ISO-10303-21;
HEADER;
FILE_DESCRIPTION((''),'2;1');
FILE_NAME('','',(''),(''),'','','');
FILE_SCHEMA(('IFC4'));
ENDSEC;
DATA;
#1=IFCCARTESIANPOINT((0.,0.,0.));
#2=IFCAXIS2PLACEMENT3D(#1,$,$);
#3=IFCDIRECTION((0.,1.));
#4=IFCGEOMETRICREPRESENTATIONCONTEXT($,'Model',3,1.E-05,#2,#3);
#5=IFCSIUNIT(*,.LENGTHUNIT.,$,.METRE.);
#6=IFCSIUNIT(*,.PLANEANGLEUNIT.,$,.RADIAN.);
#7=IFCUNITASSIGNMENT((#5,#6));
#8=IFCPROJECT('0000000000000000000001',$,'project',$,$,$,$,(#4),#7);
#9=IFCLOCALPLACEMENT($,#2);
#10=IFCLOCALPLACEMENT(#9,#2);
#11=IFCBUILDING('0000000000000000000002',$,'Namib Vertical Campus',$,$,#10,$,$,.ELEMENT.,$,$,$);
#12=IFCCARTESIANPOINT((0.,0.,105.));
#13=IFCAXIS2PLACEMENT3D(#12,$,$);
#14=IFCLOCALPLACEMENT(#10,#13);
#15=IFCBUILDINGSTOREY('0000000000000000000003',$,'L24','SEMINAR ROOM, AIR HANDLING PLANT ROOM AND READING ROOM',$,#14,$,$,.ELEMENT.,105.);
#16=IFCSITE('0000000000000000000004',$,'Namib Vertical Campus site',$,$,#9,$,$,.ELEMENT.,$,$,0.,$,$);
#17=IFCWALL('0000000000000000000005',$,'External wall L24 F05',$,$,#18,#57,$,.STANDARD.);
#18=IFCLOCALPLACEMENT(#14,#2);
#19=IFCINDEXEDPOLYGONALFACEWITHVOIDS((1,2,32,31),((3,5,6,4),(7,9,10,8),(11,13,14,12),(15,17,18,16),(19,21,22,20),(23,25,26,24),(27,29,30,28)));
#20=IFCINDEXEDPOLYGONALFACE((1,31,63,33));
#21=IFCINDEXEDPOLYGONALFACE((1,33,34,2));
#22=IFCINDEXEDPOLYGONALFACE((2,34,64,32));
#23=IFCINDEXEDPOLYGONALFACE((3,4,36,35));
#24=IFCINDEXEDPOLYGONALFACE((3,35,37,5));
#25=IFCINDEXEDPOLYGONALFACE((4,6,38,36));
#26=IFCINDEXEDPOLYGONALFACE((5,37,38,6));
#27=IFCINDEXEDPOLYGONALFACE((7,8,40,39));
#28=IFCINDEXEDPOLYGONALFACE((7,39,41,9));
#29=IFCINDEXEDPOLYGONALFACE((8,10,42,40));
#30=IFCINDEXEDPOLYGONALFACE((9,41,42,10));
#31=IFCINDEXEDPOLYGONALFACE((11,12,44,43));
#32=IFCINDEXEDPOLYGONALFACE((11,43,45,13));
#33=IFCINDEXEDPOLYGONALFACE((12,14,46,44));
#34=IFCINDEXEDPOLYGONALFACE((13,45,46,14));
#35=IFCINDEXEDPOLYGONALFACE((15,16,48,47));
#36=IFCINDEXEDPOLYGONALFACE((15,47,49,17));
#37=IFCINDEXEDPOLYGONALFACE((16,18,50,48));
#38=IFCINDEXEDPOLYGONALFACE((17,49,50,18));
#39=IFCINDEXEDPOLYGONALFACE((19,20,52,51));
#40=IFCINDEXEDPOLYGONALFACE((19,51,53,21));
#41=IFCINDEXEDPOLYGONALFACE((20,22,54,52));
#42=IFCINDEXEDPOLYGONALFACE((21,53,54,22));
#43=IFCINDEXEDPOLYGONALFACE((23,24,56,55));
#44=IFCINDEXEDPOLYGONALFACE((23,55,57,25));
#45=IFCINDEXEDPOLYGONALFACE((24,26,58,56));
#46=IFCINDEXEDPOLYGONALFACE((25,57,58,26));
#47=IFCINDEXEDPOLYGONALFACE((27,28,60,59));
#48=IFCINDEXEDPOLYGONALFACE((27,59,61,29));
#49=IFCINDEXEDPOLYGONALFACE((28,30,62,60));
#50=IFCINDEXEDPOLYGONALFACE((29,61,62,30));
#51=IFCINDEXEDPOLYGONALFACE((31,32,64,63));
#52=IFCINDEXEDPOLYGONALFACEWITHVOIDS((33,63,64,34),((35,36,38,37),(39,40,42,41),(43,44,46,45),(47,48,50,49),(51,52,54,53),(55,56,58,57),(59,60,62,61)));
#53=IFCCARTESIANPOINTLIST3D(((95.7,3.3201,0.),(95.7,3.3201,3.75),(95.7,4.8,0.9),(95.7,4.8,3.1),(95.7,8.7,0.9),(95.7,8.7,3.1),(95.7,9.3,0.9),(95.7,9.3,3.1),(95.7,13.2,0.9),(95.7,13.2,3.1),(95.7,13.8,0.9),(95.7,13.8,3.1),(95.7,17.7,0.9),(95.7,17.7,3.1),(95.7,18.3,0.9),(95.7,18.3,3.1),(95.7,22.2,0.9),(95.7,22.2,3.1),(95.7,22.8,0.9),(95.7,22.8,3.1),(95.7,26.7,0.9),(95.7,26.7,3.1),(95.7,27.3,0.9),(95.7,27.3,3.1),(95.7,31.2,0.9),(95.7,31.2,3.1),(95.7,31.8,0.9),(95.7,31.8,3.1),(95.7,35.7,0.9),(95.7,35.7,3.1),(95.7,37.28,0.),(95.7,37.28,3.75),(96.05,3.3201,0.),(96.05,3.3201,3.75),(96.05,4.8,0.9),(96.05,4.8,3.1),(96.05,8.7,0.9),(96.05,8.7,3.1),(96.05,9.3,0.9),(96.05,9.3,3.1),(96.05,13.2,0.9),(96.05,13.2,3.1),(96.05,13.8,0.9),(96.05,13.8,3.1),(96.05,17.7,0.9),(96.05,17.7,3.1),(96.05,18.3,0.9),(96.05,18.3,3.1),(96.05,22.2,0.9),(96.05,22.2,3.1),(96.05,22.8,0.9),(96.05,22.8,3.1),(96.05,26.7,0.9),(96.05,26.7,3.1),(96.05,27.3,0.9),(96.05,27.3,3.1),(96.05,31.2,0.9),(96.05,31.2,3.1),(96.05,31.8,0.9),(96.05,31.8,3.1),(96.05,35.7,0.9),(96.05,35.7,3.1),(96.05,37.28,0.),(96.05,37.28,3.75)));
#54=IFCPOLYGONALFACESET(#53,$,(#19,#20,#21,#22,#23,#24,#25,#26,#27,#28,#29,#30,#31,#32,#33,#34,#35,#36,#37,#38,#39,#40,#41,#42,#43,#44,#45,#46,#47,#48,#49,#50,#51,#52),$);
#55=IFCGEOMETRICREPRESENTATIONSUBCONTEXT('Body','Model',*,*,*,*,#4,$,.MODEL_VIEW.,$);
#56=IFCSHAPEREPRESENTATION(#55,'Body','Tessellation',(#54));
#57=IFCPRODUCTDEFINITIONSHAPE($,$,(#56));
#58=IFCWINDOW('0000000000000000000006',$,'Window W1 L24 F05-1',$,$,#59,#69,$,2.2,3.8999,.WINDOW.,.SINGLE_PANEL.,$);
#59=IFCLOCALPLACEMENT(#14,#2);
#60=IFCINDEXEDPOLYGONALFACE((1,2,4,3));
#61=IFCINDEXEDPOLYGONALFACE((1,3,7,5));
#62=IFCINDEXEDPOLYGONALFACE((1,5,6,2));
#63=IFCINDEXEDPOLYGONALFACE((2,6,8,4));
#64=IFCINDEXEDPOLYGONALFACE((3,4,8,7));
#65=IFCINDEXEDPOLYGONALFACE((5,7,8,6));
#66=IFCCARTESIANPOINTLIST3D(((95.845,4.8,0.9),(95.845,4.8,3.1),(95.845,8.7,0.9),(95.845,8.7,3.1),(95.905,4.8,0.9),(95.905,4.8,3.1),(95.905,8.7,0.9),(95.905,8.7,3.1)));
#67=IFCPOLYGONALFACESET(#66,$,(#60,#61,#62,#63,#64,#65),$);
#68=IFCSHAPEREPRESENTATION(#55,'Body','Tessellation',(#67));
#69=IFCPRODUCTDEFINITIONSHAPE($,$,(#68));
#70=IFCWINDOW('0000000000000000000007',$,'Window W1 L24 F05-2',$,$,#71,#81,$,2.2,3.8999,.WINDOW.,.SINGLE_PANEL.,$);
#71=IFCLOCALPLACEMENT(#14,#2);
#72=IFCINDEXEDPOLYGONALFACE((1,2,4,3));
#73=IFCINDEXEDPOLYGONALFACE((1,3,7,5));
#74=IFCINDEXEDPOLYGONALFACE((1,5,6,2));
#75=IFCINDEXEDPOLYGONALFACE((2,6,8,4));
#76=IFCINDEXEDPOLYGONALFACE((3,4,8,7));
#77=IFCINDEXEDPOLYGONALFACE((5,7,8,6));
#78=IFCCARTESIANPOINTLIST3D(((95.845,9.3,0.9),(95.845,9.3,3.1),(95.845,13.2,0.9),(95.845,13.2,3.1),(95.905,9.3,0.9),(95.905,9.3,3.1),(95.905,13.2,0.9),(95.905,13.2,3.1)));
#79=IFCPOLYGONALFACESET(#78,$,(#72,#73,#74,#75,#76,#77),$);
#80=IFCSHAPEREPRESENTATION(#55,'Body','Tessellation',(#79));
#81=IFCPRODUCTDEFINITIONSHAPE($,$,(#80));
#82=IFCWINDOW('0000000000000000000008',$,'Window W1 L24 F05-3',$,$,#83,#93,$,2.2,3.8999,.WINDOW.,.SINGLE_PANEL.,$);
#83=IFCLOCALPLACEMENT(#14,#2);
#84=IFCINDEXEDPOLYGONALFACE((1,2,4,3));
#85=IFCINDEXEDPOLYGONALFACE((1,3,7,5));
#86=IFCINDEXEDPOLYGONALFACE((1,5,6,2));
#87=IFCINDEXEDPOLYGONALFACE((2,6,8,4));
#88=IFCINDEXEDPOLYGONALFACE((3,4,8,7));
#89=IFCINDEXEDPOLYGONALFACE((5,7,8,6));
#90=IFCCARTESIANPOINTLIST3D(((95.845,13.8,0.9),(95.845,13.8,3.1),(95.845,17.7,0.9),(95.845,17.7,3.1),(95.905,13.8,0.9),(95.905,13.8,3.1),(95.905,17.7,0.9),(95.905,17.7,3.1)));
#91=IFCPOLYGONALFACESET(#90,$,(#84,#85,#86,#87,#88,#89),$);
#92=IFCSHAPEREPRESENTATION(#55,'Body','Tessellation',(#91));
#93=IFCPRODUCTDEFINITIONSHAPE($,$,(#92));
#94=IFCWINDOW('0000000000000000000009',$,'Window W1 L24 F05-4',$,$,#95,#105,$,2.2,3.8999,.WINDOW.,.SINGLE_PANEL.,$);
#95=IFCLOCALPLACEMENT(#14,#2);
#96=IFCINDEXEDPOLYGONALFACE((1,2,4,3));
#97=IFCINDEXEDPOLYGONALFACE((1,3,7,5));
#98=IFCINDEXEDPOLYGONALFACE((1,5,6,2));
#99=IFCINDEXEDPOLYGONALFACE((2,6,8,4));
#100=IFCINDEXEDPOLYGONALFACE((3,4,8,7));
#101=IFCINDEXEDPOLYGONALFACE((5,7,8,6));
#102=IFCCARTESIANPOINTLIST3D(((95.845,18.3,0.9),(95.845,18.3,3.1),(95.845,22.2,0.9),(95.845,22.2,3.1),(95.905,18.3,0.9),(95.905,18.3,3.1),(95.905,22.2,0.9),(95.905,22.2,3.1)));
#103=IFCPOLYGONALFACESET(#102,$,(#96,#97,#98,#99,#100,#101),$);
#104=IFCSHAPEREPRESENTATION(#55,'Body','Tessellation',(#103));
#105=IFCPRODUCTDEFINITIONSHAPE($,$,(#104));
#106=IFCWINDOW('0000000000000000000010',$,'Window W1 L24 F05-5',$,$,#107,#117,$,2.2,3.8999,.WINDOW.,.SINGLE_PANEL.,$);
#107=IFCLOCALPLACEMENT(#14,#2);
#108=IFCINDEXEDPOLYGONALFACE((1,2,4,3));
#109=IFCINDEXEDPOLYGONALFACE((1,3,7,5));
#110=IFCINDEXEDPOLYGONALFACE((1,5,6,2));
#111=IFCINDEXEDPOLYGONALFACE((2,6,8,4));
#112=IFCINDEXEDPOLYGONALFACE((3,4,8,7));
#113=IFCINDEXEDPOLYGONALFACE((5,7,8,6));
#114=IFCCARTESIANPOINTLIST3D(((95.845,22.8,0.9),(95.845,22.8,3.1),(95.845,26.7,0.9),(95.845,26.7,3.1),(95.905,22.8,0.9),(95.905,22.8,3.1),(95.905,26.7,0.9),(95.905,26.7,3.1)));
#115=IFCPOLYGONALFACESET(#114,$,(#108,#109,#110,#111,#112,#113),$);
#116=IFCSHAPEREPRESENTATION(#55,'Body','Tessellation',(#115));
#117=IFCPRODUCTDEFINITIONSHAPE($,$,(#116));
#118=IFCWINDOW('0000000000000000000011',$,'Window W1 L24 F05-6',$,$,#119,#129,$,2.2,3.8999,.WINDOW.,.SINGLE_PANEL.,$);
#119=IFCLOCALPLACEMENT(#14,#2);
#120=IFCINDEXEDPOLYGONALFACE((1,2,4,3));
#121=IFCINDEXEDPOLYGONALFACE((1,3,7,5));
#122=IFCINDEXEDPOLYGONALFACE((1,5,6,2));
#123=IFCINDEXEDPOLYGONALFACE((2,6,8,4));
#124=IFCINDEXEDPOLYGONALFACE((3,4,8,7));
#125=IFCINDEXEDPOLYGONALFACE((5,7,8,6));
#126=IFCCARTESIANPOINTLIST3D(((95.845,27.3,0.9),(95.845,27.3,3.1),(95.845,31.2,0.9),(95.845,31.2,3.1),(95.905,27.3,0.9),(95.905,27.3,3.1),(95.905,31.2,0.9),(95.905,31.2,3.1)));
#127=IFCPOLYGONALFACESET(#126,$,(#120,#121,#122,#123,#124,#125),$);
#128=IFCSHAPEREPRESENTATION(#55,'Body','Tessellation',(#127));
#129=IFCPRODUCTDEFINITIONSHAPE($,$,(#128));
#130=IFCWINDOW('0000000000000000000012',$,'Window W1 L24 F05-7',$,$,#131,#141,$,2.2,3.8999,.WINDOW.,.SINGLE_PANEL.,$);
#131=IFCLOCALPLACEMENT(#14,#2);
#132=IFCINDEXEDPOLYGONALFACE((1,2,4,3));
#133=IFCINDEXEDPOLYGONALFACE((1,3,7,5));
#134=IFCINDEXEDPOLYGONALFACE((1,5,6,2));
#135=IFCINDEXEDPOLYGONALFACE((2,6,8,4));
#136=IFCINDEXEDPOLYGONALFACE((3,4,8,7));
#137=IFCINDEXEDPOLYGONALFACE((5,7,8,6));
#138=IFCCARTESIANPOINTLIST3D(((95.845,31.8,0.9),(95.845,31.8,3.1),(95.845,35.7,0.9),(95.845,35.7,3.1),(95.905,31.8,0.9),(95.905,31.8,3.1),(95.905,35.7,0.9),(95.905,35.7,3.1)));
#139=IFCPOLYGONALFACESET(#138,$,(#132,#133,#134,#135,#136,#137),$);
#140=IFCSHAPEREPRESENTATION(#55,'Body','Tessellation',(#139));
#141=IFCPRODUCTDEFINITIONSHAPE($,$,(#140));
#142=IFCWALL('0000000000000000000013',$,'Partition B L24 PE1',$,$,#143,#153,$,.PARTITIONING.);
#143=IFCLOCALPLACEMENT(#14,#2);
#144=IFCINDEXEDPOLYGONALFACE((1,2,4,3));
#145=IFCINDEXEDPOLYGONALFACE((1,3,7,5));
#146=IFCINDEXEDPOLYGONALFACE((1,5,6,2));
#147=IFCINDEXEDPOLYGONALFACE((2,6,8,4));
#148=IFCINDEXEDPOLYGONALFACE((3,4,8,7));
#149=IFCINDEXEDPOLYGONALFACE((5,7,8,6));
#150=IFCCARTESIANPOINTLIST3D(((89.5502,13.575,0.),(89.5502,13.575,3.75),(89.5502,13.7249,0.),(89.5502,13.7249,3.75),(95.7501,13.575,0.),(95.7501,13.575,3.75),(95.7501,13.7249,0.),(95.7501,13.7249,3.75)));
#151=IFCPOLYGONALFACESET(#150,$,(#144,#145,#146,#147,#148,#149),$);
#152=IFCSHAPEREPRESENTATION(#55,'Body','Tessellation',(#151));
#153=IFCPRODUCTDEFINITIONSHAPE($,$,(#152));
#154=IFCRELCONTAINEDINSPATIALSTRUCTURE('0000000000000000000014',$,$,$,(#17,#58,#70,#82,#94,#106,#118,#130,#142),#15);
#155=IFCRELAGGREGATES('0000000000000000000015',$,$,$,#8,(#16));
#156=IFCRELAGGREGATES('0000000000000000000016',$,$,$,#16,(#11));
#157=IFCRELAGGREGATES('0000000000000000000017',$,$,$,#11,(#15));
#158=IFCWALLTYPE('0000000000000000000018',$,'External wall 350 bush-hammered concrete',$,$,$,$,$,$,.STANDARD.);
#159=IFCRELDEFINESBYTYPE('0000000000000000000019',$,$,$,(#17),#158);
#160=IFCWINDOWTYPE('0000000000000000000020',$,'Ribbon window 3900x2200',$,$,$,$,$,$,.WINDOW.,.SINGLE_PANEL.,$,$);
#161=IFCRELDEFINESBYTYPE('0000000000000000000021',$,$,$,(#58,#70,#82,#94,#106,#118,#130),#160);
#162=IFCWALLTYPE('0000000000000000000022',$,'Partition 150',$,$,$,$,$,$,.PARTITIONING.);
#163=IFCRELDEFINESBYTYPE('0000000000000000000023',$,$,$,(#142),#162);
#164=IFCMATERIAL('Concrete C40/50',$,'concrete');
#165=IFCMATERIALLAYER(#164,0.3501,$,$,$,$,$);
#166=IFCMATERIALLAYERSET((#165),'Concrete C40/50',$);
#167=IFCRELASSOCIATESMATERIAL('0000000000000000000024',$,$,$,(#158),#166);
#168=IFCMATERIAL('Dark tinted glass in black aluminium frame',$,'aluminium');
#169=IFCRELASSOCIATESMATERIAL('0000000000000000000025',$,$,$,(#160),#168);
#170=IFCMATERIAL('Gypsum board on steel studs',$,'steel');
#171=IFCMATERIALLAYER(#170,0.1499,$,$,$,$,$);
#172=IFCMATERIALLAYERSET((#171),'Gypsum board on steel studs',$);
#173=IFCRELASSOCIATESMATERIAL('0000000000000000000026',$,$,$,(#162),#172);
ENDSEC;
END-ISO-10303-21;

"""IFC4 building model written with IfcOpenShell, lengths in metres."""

from ifc_helpers import new_model, si_unit, direction, frame, frame_2d, origin, place, context, subcontext, project, spatial, rectangle, extrude, material, layer, layer_set, type_object, element, fill, save


model = new_model("IFC4")

# Units and contexts
model_context = context("Model", 3, precision=1e-05, world=origin(), true_north=direction((0.0, 1.0)))
body_context = subcontext(model_context, "Body", "Model", "MODEL_VIEW")
ifc_project = project(units=[si_unit("LENGTHUNIT", "METRE"), si_unit("PLANEANGLEUNIT", "RADIAN")], contexts=[model_context])

# Site, building, storey
site_placement = place(None, origin())
site = spatial("IfcSite", under=ifc_project, at=site_placement, Name="Namib Vertical Campus site", CompositionType="ELEMENT", RefElevation=0.0)
building_placement = place(site_placement, origin())
building = spatial("IfcBuilding", under=site, at=building_placement, Name="Namib Vertical Campus", CompositionType="ELEMENT")
storey_placement = place(building_placement, frame((0.0, 0.0, 105.0)))
storey = spatial("IfcBuildingStorey", under=building, at=storey_placement, Name="L24", Description="SEMINAR ROOM, AIR HANDLING PLANT ROOM AND READING ROOM", CompositionType="ELEMENT", Elevation=105.0)

# Wall, openings, windows
ifc_material_1 = material(Name="Concrete C40/50", Category="concrete")
ifc_layer_1 = layer(ifc_material_1, 0.3501)
ifc_layer_set_1 = layer_set([ifc_layer_1], Name="Concrete C40/50")
wall_type_1 = type_object("IfcWallType", Name="External wall 350 bush-hammered concrete", PredefinedType="STANDARD", material=ifc_layer_set_1)
wall_1_placement = place(storey_placement, frame((95.875, 3.3201, 0.0), z_axis=(0.0, 0.0, 1.0), x_axis=(0.0, 1.0, 0.0)))
wall_1 = element("IfcWall", 1, at=wall_1_placement, inside=storey, type_object=wall_type_1, Name="External wall L24 F05", PredefinedType="STANDARD", context=body_context, shape_type="SweptSolid", body=[
    extrude(rectangle(XDim=33.96, YDim=0.3501, at=frame_2d((16.98, 0.0))), origin(), (0.0, 0.0, 1.0), 3.75),
])
opening_1_placement = place(wall_1_placement, frame((1.48, 0.0, 0.8999)))
opening_1 = element("IfcOpeningElement", 2, at=opening_1_placement, cuts=wall_1, PredefinedType="OPENING", context=body_context, shape_type="SweptSolid", body=[
    extrude(rectangle(XDim=3.8999, YDim=2.2, at=frame_2d((1.95, 1.1001))), frame((0.0, 0.1851, 0.0), z_axis=(0.0, -1.0, 0.0), x_axis=(1.0, 0.0, 0.0)), (0.0, 0.0, 1.0), 0.3701),
])
opening_2_placement = place(wall_1_placement, frame((5.98, 0.0, 0.8999)))
opening_2 = element("IfcOpeningElement", 3, at=opening_2_placement, cuts=wall_1, PredefinedType="OPENING", context=body_context, shape_type="SweptSolid", body=[
    extrude(rectangle(XDim=3.8999, YDim=2.2, at=frame_2d((1.95, 1.1001))), frame((0.0, 0.1851, 0.0), z_axis=(0.0, -1.0, 0.0), x_axis=(1.0, 0.0, 0.0)), (0.0, 0.0, 1.0), 0.3701),
])
opening_3_placement = place(wall_1_placement, frame((10.48, 0.0, 0.8999)))
opening_3 = element("IfcOpeningElement", 4, at=opening_3_placement, cuts=wall_1, PredefinedType="OPENING", context=body_context, shape_type="SweptSolid", body=[
    extrude(rectangle(XDim=3.8999, YDim=2.2, at=frame_2d((1.95, 1.1001))), frame((0.0, 0.1851, 0.0), z_axis=(0.0, -1.0, 0.0), x_axis=(1.0, 0.0, 0.0)), (0.0, 0.0, 1.0), 0.3701),
])
opening_4_placement = place(wall_1_placement, frame((14.98, 0.0, 0.8999)))
opening_4 = element("IfcOpeningElement", 5, at=opening_4_placement, cuts=wall_1, PredefinedType="OPENING", context=body_context, shape_type="SweptSolid", body=[
    extrude(rectangle(XDim=3.8999, YDim=2.2, at=frame_2d((1.95, 1.1001))), frame((0.0, 0.1851, 0.0), z_axis=(0.0, -1.0, 0.0), x_axis=(1.0, 0.0, 0.0)), (0.0, 0.0, 1.0), 0.3701),
])
opening_5_placement = place(wall_1_placement, frame((19.48, 0.0, 0.8999)))
opening_5 = element("IfcOpeningElement", 6, at=opening_5_placement, cuts=wall_1, PredefinedType="OPENING", context=body_context, shape_type="SweptSolid", body=[
    extrude(rectangle(XDim=3.8999, YDim=2.2, at=frame_2d((1.95, 1.1001))), frame((0.0, 0.1851, 0.0), z_axis=(0.0, -1.0, 0.0), x_axis=(1.0, 0.0, 0.0)), (0.0, 0.0, 1.0), 0.3701),
])
opening_6_placement = place(wall_1_placement, frame((23.98, 0.0, 0.8999)))
opening_6 = element("IfcOpeningElement", 7, at=opening_6_placement, cuts=wall_1, PredefinedType="OPENING", context=body_context, shape_type="SweptSolid", body=[
    extrude(rectangle(XDim=3.8999, YDim=2.2, at=frame_2d((1.95, 1.1001))), frame((0.0, 0.1851, 0.0), z_axis=(0.0, -1.0, 0.0), x_axis=(1.0, 0.0, 0.0)), (0.0, 0.0, 1.0), 0.3701),
])
opening_7_placement = place(wall_1_placement, frame((28.48, 0.0, 0.8999)))
opening_7 = element("IfcOpeningElement", 8, at=opening_7_placement, cuts=wall_1, PredefinedType="OPENING", context=body_context, shape_type="SweptSolid", body=[
    extrude(rectangle(XDim=3.8999, YDim=2.2, at=frame_2d((1.95, 1.1001))), frame((0.0, 0.1851, 0.0), z_axis=(0.0, -1.0, 0.0), x_axis=(1.0, 0.0, 0.0)), (0.0, 0.0, 1.0), 0.3701),
])
ifc_material_2 = material(Name="Dark tinted glass in black aluminium frame", Category="aluminium")
window_type = type_object("IfcWindowType", Name="Ribbon window 3900x2200", PartitioningType="SINGLE_PANEL", PredefinedType="WINDOW", material=ifc_material_2)
window_1_placement = place(opening_1_placement, origin())
window_1 = element("IfcWindow", 9, at=window_1_placement, inside=storey, type_object=window_type, Name="Window W1 L24 F05-1", OverallHeight=2.2, OverallWidth=3.8999, PartitioningType="SINGLE_PANEL", PredefinedType="WINDOW", context=body_context, shape_type="SweptSolid", body=[
    extrude(rectangle(XDim=3.8999, YDim=2.2, at=frame_2d((1.95, 1.1001))), frame((0.0, 0.03, 0.0), z_axis=(0.0, -1.0, 0.0), x_axis=(1.0, 0.0, 0.0)), (0.0, 0.0, 1.0), 0.0601),
])
fill(opening_1, window_1)
window_2_placement = place(opening_2_placement, origin())
window_2 = element("IfcWindow", 10, at=window_2_placement, inside=storey, type_object=window_type, Name="Window W1 L24 F05-2", OverallHeight=2.2, OverallWidth=3.8999, PartitioningType="SINGLE_PANEL", PredefinedType="WINDOW", context=body_context, shape_type="SweptSolid", body=[
    extrude(rectangle(XDim=3.8999, YDim=2.2, at=frame_2d((1.95, 1.1001))), frame((0.0, 0.03, 0.0), z_axis=(0.0, -1.0, 0.0), x_axis=(1.0, 0.0, 0.0)), (0.0, 0.0, 1.0), 0.0601),
])
fill(opening_2, window_2)
window_3_placement = place(opening_3_placement, origin())
window_3 = element("IfcWindow", 11, at=window_3_placement, inside=storey, type_object=window_type, Name="Window W1 L24 F05-3", OverallHeight=2.2, OverallWidth=3.8999, PartitioningType="SINGLE_PANEL", PredefinedType="WINDOW", context=body_context, shape_type="SweptSolid", body=[
    extrude(rectangle(XDim=3.8999, YDim=2.2, at=frame_2d((1.95, 1.1001))), frame((0.0, 0.03, 0.0), z_axis=(0.0, -1.0, 0.0), x_axis=(1.0, 0.0, 0.0)), (0.0, 0.0, 1.0), 0.0601),
])
fill(opening_3, window_3)
window_4_placement = place(opening_4_placement, origin())
window_4 = element("IfcWindow", 12, at=window_4_placement, inside=storey, type_object=window_type, Name="Window W1 L24 F05-4", OverallHeight=2.2, OverallWidth=3.8999, PartitioningType="SINGLE_PANEL", PredefinedType="WINDOW", context=body_context, shape_type="SweptSolid", body=[
    extrude(rectangle(XDim=3.8999, YDim=2.2, at=frame_2d((1.95, 1.1001))), frame((0.0, 0.03, 0.0), z_axis=(0.0, -1.0, 0.0), x_axis=(1.0, 0.0, 0.0)), (0.0, 0.0, 1.0), 0.0601),
])
fill(opening_4, window_4)
window_5_placement = place(opening_5_placement, origin())
window_5 = element("IfcWindow", 13, at=window_5_placement, inside=storey, type_object=window_type, Name="Window W1 L24 F05-5", OverallHeight=2.2, OverallWidth=3.8999, PartitioningType="SINGLE_PANEL", PredefinedType="WINDOW", context=body_context, shape_type="SweptSolid", body=[
    extrude(rectangle(XDim=3.8999, YDim=2.2, at=frame_2d((1.95, 1.1001))), frame((0.0, 0.03, 0.0), z_axis=(0.0, -1.0, 0.0), x_axis=(1.0, 0.0, 0.0)), (0.0, 0.0, 1.0), 0.0601),
])
fill(opening_5, window_5)
window_6_placement = place(opening_6_placement, origin())
window_6 = element("IfcWindow", 14, at=window_6_placement, inside=storey, type_object=window_type, Name="Window W1 L24 F05-6", OverallHeight=2.2, OverallWidth=3.8999, PartitioningType="SINGLE_PANEL", PredefinedType="WINDOW", context=body_context, shape_type="SweptSolid", body=[
    extrude(rectangle(XDim=3.8999, YDim=2.2, at=frame_2d((1.95, 1.1001))), frame((0.0, 0.03, 0.0), z_axis=(0.0, -1.0, 0.0), x_axis=(1.0, 0.0, 0.0)), (0.0, 0.0, 1.0), 0.0601),
])
fill(opening_6, window_6)
window_7_placement = place(opening_7_placement, origin())
window_7 = element("IfcWindow", 15, at=window_7_placement, inside=storey, type_object=window_type, Name="Window W1 L24 F05-7", OverallHeight=2.2, OverallWidth=3.8999, PartitioningType="SINGLE_PANEL", PredefinedType="WINDOW", context=body_context, shape_type="SweptSolid", body=[
    extrude(rectangle(XDim=3.8999, YDim=2.2, at=frame_2d((1.95, 1.1001))), frame((0.0, 0.03, 0.0), z_axis=(0.0, -1.0, 0.0), x_axis=(1.0, 0.0, 0.0)), (0.0, 0.0, 1.0), 0.0601),
])
fill(opening_7, window_7)

# Wall
ifc_material_3 = material(Name="Gypsum board on steel studs", Category="steel")
ifc_layer_2 = layer(ifc_material_3, 0.1499)
ifc_layer_set_2 = layer_set([ifc_layer_2], Name="Gypsum board on steel studs")
wall_type_2 = type_object("IfcWallType", Name="Partition 150", PredefinedType="PARTITIONING", material=ifc_layer_set_2)
wall_2_placement = place(storey_placement, frame((89.55, 13.6499, 0.0), z_axis=(0.0, 0.0, 1.0), x_axis=(1.0, 0.0, 0.0)))
element("IfcWall", 16, at=wall_2_placement, inside=storey, type_object=wall_type_2, Name="Partition B L24 PE1", PredefinedType="PARTITIONING", context=body_context, shape_type="SweptSolid", body=[
    extrude(rectangle(XDim=6.2, YDim=0.1499, at=frame_2d((3.1001, 0.0))), origin(), (0.0, 0.0, 1.0), 3.75),
])

save(model, "model.ifc")
